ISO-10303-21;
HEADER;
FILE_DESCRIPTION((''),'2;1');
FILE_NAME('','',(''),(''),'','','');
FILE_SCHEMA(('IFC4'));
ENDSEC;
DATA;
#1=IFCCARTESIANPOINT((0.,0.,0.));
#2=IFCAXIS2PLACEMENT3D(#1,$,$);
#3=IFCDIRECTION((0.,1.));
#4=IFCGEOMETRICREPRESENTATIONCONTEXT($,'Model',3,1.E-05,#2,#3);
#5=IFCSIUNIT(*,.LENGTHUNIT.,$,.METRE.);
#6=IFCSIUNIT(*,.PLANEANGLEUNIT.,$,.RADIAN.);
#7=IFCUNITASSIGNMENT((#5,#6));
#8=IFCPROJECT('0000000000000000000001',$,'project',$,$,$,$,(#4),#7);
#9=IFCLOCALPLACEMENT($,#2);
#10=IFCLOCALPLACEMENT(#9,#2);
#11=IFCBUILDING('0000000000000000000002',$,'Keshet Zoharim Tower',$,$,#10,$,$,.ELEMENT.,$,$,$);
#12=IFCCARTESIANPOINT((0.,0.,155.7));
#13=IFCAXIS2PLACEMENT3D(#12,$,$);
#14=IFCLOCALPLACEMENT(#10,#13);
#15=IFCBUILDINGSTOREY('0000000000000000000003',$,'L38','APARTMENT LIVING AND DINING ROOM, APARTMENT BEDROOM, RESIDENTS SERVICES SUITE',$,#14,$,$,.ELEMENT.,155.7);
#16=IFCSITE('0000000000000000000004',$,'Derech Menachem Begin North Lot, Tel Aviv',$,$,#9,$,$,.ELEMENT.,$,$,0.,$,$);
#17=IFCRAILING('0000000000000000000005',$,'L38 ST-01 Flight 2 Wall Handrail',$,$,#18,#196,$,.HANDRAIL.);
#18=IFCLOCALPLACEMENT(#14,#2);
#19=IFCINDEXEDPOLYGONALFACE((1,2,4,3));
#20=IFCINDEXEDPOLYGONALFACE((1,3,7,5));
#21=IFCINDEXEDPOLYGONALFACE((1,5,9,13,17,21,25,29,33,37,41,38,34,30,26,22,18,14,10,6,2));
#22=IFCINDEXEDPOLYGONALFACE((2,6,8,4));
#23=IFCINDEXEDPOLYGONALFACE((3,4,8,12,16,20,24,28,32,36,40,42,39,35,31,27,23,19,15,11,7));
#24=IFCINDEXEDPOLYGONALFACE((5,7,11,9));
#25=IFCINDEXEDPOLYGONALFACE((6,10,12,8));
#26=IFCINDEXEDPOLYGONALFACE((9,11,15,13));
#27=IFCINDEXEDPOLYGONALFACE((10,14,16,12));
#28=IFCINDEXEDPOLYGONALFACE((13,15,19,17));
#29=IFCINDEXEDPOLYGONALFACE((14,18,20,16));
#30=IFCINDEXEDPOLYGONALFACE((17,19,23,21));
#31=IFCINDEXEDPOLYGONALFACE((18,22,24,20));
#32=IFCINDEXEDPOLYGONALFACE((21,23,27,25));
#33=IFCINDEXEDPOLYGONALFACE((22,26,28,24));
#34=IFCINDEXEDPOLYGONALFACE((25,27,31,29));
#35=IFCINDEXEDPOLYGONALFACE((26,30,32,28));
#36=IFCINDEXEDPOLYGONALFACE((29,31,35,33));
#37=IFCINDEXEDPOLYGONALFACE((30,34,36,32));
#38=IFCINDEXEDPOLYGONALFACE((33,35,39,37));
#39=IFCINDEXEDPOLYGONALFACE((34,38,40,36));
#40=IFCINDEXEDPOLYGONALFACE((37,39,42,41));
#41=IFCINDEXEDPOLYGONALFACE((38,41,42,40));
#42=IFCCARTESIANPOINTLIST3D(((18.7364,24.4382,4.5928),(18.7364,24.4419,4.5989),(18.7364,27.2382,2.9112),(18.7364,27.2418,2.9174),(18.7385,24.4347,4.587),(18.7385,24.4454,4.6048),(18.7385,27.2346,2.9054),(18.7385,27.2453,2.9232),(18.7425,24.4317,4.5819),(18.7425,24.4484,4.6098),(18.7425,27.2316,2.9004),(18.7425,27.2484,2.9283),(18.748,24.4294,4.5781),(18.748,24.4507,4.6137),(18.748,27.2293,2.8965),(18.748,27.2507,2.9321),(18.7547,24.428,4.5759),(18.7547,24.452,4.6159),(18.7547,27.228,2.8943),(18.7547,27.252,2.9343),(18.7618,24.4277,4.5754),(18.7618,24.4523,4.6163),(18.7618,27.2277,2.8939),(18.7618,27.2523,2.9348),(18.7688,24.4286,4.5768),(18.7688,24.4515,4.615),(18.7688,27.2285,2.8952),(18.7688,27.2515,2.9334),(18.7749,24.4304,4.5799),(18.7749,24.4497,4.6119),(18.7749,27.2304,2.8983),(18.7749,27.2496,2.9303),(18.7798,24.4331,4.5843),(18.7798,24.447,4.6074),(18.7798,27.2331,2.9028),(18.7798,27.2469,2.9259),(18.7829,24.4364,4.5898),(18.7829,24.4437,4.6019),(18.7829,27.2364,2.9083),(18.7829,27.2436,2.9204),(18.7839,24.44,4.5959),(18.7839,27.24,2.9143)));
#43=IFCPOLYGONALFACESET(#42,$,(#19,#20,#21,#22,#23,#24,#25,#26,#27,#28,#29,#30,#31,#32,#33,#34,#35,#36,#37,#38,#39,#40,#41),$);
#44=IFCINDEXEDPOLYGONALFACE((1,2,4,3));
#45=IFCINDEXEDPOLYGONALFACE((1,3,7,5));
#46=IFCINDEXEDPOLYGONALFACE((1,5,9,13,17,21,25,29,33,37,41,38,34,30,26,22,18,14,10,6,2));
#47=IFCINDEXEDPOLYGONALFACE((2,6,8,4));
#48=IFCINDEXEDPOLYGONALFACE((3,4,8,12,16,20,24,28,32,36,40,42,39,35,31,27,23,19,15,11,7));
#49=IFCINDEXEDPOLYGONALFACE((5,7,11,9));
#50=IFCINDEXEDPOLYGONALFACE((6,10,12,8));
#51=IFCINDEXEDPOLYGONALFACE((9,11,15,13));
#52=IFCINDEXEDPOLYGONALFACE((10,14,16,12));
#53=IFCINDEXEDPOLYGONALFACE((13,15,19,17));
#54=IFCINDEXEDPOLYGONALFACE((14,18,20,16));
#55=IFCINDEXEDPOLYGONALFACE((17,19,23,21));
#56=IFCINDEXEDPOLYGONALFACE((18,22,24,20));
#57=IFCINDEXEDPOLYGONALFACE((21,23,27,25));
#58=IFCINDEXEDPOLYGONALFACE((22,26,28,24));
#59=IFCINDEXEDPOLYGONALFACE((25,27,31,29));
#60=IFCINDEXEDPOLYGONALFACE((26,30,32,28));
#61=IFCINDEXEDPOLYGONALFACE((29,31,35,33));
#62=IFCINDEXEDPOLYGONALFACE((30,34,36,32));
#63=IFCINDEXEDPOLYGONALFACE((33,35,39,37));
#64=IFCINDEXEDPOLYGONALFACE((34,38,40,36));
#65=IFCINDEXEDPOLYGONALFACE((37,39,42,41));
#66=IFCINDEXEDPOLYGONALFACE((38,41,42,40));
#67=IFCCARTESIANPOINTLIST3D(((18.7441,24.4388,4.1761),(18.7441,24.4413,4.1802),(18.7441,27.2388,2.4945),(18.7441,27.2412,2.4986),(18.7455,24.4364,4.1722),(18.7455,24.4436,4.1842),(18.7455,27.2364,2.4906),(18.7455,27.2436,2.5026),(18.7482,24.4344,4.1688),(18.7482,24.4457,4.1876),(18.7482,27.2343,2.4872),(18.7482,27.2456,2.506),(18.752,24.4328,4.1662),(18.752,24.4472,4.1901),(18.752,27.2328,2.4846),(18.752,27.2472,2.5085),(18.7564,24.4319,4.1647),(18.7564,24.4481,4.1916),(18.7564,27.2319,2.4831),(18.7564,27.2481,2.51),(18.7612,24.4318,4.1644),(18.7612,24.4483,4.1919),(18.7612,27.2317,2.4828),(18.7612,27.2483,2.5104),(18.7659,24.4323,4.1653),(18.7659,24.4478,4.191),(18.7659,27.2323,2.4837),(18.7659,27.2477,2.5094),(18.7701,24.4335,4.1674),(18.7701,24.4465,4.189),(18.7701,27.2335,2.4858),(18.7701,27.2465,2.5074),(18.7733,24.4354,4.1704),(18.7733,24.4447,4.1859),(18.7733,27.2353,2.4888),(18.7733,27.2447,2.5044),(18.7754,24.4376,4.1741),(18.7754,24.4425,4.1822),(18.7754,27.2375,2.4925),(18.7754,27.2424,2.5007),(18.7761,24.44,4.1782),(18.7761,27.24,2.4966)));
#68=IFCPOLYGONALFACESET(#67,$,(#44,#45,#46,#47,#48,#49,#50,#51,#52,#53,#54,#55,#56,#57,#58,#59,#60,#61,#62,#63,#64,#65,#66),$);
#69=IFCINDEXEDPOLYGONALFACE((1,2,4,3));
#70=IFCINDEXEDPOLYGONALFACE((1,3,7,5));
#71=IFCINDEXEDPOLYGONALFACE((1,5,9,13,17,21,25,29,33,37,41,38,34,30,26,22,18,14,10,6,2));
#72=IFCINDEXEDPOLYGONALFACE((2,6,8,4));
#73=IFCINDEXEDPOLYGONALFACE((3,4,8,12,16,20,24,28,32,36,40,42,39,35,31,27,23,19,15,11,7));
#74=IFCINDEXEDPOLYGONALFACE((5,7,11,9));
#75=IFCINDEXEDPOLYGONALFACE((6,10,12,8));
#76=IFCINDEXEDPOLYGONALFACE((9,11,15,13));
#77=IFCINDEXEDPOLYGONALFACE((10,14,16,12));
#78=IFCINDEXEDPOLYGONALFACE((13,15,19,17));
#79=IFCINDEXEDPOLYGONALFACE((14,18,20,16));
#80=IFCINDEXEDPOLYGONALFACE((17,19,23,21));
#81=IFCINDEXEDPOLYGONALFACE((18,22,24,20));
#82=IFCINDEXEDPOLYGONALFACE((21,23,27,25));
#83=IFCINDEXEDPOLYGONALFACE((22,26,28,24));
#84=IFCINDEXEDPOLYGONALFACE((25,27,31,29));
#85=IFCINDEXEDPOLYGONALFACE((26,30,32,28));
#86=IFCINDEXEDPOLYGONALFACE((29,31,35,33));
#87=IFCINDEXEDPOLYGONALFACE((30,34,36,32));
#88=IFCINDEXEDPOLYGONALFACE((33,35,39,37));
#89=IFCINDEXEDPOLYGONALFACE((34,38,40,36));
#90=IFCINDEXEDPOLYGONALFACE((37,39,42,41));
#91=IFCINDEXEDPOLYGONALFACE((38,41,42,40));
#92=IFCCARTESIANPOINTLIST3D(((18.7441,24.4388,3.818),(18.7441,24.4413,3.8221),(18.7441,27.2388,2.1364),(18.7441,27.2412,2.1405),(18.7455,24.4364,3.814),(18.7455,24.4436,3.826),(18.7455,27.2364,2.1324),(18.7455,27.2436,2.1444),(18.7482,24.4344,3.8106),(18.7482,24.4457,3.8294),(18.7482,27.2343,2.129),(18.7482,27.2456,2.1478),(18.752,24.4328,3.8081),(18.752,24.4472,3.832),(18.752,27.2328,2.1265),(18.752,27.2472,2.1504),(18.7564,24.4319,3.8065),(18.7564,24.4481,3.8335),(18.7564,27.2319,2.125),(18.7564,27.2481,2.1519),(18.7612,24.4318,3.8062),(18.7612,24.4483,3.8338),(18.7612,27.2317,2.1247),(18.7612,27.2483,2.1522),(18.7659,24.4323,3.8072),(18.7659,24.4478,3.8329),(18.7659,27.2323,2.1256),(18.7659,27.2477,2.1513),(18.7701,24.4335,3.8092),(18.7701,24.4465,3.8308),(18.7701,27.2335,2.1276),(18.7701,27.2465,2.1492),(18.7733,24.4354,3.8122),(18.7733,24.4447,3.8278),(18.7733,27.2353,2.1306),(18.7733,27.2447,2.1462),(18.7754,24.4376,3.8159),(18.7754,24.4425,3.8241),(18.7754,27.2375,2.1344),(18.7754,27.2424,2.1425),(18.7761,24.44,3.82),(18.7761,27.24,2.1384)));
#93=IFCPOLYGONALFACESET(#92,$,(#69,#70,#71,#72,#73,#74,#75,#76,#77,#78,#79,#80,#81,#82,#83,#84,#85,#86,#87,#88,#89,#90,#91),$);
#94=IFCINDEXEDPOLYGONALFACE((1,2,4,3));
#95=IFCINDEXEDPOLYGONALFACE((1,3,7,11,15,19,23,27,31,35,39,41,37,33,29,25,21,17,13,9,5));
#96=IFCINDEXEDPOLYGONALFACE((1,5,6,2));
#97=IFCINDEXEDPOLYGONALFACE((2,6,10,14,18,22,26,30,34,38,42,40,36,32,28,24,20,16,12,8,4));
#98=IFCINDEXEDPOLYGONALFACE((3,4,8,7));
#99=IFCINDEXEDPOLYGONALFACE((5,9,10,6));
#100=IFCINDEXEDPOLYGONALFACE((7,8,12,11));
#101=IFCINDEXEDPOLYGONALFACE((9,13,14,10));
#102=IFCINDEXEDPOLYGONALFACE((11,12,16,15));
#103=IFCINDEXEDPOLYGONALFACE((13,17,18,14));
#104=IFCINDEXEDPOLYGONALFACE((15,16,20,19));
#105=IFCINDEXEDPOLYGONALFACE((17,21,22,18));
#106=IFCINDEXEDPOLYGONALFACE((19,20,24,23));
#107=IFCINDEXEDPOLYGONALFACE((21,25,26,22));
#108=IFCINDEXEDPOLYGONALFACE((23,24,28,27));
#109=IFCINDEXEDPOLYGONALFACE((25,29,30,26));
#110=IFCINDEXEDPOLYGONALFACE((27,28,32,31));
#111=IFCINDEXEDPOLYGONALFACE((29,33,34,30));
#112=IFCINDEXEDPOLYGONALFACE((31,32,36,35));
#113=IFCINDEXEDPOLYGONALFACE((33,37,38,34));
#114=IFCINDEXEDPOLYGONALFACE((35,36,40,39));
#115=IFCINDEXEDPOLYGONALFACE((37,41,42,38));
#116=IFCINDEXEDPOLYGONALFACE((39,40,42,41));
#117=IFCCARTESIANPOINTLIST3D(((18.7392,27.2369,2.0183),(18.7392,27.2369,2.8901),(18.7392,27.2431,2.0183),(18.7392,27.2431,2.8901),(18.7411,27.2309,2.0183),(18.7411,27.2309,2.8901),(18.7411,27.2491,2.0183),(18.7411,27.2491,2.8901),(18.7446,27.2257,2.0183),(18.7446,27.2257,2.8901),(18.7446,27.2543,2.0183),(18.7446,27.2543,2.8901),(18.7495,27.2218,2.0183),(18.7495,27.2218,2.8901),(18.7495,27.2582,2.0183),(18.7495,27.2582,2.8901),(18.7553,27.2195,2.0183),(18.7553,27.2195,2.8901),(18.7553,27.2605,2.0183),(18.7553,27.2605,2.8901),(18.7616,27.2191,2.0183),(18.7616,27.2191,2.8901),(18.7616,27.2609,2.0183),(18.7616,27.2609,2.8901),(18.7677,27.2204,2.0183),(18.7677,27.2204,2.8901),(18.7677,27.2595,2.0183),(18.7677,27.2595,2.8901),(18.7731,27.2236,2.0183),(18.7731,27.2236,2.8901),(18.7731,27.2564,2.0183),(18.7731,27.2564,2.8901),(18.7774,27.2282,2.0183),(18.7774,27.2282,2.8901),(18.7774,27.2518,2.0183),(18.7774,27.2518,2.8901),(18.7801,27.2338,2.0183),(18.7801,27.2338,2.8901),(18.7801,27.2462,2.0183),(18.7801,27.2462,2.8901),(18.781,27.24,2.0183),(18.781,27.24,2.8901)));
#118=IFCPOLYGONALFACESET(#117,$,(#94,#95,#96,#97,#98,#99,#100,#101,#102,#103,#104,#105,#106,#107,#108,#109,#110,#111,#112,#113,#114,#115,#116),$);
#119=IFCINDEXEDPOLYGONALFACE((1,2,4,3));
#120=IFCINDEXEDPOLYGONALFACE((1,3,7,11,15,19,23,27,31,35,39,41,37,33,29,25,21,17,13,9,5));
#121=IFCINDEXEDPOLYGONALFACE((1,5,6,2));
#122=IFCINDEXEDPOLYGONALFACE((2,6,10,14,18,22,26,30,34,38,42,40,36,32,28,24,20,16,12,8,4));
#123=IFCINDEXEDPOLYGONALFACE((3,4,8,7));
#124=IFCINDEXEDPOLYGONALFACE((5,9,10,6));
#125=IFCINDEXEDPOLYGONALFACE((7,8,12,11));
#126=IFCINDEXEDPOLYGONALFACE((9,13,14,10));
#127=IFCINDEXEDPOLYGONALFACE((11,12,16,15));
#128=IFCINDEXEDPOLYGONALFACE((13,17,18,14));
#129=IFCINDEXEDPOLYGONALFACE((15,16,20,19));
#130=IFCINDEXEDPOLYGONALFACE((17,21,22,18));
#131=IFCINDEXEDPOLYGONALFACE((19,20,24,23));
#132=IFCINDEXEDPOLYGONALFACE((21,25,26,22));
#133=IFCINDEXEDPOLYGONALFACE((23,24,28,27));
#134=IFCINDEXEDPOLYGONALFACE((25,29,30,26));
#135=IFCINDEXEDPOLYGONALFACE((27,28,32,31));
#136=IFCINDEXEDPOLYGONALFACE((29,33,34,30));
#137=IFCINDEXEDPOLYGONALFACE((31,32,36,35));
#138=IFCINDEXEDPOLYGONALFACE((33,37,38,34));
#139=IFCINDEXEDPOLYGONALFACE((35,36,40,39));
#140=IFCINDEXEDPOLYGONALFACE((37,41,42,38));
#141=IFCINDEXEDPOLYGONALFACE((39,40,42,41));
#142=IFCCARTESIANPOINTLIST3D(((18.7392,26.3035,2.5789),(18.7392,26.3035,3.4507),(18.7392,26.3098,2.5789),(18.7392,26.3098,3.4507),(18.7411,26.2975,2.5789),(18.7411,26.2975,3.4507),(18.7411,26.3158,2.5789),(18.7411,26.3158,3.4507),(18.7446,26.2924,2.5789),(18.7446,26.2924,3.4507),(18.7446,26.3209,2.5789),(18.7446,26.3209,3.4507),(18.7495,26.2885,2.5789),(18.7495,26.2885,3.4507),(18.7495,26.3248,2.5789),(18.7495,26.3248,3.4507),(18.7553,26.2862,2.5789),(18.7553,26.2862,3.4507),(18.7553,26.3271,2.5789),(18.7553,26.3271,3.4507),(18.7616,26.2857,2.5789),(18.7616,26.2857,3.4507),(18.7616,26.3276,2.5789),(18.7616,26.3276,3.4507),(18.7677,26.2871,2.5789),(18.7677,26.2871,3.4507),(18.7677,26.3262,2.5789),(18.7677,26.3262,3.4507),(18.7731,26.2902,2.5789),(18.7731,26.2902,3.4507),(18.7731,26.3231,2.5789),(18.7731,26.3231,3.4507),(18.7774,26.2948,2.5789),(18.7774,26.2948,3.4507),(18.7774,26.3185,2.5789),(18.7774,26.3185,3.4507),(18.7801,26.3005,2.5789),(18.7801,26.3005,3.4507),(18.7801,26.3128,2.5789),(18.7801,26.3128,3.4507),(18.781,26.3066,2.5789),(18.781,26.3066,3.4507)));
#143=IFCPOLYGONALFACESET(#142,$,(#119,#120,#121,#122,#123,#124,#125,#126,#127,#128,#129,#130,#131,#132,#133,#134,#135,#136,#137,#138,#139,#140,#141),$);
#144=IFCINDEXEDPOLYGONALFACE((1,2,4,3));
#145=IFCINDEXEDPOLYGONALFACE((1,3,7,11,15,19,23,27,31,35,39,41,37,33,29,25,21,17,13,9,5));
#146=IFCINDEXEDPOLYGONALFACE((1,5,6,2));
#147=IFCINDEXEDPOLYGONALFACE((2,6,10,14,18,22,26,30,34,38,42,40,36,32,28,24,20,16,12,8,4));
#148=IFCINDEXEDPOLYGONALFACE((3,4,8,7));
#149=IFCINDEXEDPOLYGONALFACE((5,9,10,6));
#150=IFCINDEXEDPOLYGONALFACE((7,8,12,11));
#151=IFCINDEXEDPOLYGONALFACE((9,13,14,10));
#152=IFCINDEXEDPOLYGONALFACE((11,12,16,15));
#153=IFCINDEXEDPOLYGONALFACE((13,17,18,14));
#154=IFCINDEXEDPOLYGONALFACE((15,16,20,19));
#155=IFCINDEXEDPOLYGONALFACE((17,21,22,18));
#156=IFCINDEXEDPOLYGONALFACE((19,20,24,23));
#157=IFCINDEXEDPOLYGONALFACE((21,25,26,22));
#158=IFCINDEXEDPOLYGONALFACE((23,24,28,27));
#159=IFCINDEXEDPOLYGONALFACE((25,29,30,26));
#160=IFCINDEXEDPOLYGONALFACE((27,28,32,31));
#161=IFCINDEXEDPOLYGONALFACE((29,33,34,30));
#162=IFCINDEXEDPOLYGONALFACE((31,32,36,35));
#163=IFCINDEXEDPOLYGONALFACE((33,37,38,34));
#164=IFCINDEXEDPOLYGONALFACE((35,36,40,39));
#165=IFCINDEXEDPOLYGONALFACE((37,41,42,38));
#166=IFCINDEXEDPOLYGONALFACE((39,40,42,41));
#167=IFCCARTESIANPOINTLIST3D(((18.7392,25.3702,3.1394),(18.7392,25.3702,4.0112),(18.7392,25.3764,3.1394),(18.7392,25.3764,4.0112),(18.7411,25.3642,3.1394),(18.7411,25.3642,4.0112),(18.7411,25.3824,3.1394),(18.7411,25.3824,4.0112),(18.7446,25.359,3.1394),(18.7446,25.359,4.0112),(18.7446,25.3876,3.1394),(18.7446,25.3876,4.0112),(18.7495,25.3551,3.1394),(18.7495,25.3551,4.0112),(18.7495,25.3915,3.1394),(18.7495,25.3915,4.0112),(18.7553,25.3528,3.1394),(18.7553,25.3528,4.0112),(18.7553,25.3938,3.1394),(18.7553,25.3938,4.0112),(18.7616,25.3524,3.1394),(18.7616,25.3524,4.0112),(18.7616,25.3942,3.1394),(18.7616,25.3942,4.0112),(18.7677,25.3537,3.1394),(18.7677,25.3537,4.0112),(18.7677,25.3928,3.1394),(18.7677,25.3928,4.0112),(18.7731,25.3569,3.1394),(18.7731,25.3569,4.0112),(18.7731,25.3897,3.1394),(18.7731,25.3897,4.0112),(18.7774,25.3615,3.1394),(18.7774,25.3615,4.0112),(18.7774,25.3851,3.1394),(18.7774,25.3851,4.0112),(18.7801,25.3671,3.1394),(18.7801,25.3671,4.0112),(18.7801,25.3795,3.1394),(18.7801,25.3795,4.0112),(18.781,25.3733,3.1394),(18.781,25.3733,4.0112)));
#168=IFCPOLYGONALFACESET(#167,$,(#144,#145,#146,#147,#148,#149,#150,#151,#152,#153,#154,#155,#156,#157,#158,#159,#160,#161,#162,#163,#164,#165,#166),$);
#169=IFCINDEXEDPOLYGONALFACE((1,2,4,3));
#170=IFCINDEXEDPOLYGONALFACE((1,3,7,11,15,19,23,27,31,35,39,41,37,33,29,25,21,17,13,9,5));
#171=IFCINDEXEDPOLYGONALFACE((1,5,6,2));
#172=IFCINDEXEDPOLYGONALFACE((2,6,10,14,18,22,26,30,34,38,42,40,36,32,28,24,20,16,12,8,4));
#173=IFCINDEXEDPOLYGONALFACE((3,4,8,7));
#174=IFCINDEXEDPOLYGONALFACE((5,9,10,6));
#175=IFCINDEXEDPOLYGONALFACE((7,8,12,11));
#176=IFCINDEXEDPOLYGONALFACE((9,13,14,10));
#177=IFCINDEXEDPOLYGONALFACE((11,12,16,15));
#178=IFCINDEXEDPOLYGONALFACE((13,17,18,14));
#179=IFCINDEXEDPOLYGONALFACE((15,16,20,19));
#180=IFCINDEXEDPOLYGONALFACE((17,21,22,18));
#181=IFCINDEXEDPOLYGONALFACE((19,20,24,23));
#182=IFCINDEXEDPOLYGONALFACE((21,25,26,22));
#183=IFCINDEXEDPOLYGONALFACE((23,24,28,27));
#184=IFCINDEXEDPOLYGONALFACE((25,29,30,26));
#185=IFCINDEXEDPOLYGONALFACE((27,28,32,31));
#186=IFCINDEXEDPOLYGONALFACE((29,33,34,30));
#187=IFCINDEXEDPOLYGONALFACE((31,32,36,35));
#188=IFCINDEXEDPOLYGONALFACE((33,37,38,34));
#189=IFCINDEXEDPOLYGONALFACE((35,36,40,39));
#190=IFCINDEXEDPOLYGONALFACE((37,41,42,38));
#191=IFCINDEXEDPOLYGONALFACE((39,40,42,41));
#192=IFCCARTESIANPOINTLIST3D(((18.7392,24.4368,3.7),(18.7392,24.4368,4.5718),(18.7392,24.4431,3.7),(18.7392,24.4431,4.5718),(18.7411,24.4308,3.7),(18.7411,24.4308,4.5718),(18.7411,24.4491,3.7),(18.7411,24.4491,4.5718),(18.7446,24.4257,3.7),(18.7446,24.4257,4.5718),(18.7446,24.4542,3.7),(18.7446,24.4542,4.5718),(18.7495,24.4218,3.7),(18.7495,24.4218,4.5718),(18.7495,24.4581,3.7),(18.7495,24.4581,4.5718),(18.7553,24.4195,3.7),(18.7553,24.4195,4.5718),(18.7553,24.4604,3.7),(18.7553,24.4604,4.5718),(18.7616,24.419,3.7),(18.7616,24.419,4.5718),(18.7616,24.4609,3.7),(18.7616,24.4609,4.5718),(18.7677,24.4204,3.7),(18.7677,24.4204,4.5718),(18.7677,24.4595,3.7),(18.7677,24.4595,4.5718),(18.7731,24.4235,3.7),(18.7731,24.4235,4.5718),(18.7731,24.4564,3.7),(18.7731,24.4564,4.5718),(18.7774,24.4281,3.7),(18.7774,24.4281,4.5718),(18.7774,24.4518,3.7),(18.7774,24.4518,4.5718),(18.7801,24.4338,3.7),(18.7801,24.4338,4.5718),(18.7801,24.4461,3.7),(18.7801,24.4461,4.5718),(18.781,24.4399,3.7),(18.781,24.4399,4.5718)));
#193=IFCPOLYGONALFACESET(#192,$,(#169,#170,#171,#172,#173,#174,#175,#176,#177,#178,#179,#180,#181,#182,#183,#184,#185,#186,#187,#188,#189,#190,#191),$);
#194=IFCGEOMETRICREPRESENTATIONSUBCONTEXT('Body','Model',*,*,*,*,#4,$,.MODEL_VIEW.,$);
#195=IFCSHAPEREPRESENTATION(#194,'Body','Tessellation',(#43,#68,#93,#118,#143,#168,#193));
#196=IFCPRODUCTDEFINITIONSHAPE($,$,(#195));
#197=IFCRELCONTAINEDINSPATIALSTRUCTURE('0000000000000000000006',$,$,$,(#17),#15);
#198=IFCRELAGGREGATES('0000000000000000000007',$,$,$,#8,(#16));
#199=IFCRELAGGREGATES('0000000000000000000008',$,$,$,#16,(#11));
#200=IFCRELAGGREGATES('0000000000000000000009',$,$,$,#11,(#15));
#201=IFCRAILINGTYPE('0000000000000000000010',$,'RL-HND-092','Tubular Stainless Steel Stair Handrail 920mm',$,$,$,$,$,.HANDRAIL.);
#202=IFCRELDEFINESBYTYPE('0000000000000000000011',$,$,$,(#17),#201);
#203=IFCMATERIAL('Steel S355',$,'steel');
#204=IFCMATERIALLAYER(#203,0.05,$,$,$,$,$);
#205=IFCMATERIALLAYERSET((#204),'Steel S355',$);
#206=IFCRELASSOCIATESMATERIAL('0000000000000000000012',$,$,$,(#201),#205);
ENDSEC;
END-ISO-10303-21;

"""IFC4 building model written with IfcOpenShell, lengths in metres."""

from ifc_helpers import new_model, si_unit, direction, frame, origin, origin_2d, place, context, subcontext, project, spatial, circle, extrude, material, layer, layer_set, type_object, element, save


model = new_model("IFC4")

# Units and contexts
model_context = context("Model", 3, precision=1e-05, world=origin(), true_north=direction((0.0, 1.0)))
body_context = subcontext(model_context, "Body", "Model", "MODEL_VIEW")
ifc_project = project(units=[si_unit("LENGTHUNIT", "METRE"), si_unit("PLANEANGLEUNIT", "RADIAN")], contexts=[model_context])

# Site, building, storey
site_placement = place(None, origin())
site = spatial("IfcSite", under=ifc_project, at=site_placement, Name="Derech Menachem Begin North Lot, Tel Aviv", CompositionType="ELEMENT", RefElevation=0.0)
building_placement = place(site_placement, origin())
building = spatial("IfcBuilding", under=site, at=building_placement, Name="Keshet Zoharim Tower", CompositionType="ELEMENT")
storey_placement = place(building_placement, frame((0.0, 0.0, 155.7)))
storey = spatial("IfcBuildingStorey", under=building, at=storey_placement, Name="L38", Description="APARTMENT LIVING AND DINING ROOM, APARTMENT BEDROOM, RESIDENTS SERVICES SUITE", CompositionType="ELEMENT", Elevation=155.7)

# Shared definitions
ifc_material_1 = material(Name="Steel S355", Category="steel")

# Railing
ifc_layer_1 = layer(ifc_material_1, 0.05)
ifc_layer_set_1 = layer_set([ifc_layer_1], Name="Steel S355")
railing_type = type_object("IfcRailingType", Name="RL-HND-092", Description="Tubular Stainless Steel Stair Handrail 920mm", PredefinedType="HANDRAIL", material=ifc_layer_set_1)
for number, where, name in (
    (1, (18.76, 27.24, 2.0183), "L38 ST-01 Flight 2 Wall Handrail"),
):
    element("IfcRailing", number, at=place(storey_placement, frame(where)), inside=storey, type_object=railing_type, Name=name, PredefinedType="HANDRAIL", context=body_context, shape_type="SweptSolid", body=[
        extrude(circle(Radius=0.0239, at=origin_2d()), frame((0.0, 0.0, 0.896), z_axis=(0.0, -0.857275, 0.514858), x_axis=(1.0, 0.0, 0.0)), (0.0, 0.0, 1.0), 3.2661),
        extrude(circle(Radius=0.0161, at=origin_2d()), frame((0.0, 0.0, 0.4783), z_axis=(0.0, -0.857275, 0.514858), x_axis=(1.0, 0.0, 0.0)), (0.0, 0.0, 1.0), 3.2661),
        extrude(circle(Radius=0.0161, at=origin_2d()), frame((0.0, 0.0, 0.1201), z_axis=(0.0, -0.857275, 0.514858), x_axis=(1.0, 0.0, 0.0)), (0.0, 0.0, 1.0), 3.2661),
        extrude(circle(Radius=0.021, at=origin_2d()), origin(), (0.0, 0.0, 1.0), 0.8718),
        extrude(circle(Radius=0.021, at=origin_2d()), frame((0.0, -0.9333, 0.5605)), (0.0, 0.0, 1.0), 0.8718),
        extrude(circle(Radius=0.021, at=origin_2d()), frame((0.0, -1.8667, 1.1211)), (0.0, 0.0, 1.0), 0.8718),
        extrude(circle(Radius=0.021, at=origin_2d()), frame((0.0, -2.8, 1.6816)), (0.0, 0.0, 1.0), 0.8718),
    ])

save(model, "model.ifc")
